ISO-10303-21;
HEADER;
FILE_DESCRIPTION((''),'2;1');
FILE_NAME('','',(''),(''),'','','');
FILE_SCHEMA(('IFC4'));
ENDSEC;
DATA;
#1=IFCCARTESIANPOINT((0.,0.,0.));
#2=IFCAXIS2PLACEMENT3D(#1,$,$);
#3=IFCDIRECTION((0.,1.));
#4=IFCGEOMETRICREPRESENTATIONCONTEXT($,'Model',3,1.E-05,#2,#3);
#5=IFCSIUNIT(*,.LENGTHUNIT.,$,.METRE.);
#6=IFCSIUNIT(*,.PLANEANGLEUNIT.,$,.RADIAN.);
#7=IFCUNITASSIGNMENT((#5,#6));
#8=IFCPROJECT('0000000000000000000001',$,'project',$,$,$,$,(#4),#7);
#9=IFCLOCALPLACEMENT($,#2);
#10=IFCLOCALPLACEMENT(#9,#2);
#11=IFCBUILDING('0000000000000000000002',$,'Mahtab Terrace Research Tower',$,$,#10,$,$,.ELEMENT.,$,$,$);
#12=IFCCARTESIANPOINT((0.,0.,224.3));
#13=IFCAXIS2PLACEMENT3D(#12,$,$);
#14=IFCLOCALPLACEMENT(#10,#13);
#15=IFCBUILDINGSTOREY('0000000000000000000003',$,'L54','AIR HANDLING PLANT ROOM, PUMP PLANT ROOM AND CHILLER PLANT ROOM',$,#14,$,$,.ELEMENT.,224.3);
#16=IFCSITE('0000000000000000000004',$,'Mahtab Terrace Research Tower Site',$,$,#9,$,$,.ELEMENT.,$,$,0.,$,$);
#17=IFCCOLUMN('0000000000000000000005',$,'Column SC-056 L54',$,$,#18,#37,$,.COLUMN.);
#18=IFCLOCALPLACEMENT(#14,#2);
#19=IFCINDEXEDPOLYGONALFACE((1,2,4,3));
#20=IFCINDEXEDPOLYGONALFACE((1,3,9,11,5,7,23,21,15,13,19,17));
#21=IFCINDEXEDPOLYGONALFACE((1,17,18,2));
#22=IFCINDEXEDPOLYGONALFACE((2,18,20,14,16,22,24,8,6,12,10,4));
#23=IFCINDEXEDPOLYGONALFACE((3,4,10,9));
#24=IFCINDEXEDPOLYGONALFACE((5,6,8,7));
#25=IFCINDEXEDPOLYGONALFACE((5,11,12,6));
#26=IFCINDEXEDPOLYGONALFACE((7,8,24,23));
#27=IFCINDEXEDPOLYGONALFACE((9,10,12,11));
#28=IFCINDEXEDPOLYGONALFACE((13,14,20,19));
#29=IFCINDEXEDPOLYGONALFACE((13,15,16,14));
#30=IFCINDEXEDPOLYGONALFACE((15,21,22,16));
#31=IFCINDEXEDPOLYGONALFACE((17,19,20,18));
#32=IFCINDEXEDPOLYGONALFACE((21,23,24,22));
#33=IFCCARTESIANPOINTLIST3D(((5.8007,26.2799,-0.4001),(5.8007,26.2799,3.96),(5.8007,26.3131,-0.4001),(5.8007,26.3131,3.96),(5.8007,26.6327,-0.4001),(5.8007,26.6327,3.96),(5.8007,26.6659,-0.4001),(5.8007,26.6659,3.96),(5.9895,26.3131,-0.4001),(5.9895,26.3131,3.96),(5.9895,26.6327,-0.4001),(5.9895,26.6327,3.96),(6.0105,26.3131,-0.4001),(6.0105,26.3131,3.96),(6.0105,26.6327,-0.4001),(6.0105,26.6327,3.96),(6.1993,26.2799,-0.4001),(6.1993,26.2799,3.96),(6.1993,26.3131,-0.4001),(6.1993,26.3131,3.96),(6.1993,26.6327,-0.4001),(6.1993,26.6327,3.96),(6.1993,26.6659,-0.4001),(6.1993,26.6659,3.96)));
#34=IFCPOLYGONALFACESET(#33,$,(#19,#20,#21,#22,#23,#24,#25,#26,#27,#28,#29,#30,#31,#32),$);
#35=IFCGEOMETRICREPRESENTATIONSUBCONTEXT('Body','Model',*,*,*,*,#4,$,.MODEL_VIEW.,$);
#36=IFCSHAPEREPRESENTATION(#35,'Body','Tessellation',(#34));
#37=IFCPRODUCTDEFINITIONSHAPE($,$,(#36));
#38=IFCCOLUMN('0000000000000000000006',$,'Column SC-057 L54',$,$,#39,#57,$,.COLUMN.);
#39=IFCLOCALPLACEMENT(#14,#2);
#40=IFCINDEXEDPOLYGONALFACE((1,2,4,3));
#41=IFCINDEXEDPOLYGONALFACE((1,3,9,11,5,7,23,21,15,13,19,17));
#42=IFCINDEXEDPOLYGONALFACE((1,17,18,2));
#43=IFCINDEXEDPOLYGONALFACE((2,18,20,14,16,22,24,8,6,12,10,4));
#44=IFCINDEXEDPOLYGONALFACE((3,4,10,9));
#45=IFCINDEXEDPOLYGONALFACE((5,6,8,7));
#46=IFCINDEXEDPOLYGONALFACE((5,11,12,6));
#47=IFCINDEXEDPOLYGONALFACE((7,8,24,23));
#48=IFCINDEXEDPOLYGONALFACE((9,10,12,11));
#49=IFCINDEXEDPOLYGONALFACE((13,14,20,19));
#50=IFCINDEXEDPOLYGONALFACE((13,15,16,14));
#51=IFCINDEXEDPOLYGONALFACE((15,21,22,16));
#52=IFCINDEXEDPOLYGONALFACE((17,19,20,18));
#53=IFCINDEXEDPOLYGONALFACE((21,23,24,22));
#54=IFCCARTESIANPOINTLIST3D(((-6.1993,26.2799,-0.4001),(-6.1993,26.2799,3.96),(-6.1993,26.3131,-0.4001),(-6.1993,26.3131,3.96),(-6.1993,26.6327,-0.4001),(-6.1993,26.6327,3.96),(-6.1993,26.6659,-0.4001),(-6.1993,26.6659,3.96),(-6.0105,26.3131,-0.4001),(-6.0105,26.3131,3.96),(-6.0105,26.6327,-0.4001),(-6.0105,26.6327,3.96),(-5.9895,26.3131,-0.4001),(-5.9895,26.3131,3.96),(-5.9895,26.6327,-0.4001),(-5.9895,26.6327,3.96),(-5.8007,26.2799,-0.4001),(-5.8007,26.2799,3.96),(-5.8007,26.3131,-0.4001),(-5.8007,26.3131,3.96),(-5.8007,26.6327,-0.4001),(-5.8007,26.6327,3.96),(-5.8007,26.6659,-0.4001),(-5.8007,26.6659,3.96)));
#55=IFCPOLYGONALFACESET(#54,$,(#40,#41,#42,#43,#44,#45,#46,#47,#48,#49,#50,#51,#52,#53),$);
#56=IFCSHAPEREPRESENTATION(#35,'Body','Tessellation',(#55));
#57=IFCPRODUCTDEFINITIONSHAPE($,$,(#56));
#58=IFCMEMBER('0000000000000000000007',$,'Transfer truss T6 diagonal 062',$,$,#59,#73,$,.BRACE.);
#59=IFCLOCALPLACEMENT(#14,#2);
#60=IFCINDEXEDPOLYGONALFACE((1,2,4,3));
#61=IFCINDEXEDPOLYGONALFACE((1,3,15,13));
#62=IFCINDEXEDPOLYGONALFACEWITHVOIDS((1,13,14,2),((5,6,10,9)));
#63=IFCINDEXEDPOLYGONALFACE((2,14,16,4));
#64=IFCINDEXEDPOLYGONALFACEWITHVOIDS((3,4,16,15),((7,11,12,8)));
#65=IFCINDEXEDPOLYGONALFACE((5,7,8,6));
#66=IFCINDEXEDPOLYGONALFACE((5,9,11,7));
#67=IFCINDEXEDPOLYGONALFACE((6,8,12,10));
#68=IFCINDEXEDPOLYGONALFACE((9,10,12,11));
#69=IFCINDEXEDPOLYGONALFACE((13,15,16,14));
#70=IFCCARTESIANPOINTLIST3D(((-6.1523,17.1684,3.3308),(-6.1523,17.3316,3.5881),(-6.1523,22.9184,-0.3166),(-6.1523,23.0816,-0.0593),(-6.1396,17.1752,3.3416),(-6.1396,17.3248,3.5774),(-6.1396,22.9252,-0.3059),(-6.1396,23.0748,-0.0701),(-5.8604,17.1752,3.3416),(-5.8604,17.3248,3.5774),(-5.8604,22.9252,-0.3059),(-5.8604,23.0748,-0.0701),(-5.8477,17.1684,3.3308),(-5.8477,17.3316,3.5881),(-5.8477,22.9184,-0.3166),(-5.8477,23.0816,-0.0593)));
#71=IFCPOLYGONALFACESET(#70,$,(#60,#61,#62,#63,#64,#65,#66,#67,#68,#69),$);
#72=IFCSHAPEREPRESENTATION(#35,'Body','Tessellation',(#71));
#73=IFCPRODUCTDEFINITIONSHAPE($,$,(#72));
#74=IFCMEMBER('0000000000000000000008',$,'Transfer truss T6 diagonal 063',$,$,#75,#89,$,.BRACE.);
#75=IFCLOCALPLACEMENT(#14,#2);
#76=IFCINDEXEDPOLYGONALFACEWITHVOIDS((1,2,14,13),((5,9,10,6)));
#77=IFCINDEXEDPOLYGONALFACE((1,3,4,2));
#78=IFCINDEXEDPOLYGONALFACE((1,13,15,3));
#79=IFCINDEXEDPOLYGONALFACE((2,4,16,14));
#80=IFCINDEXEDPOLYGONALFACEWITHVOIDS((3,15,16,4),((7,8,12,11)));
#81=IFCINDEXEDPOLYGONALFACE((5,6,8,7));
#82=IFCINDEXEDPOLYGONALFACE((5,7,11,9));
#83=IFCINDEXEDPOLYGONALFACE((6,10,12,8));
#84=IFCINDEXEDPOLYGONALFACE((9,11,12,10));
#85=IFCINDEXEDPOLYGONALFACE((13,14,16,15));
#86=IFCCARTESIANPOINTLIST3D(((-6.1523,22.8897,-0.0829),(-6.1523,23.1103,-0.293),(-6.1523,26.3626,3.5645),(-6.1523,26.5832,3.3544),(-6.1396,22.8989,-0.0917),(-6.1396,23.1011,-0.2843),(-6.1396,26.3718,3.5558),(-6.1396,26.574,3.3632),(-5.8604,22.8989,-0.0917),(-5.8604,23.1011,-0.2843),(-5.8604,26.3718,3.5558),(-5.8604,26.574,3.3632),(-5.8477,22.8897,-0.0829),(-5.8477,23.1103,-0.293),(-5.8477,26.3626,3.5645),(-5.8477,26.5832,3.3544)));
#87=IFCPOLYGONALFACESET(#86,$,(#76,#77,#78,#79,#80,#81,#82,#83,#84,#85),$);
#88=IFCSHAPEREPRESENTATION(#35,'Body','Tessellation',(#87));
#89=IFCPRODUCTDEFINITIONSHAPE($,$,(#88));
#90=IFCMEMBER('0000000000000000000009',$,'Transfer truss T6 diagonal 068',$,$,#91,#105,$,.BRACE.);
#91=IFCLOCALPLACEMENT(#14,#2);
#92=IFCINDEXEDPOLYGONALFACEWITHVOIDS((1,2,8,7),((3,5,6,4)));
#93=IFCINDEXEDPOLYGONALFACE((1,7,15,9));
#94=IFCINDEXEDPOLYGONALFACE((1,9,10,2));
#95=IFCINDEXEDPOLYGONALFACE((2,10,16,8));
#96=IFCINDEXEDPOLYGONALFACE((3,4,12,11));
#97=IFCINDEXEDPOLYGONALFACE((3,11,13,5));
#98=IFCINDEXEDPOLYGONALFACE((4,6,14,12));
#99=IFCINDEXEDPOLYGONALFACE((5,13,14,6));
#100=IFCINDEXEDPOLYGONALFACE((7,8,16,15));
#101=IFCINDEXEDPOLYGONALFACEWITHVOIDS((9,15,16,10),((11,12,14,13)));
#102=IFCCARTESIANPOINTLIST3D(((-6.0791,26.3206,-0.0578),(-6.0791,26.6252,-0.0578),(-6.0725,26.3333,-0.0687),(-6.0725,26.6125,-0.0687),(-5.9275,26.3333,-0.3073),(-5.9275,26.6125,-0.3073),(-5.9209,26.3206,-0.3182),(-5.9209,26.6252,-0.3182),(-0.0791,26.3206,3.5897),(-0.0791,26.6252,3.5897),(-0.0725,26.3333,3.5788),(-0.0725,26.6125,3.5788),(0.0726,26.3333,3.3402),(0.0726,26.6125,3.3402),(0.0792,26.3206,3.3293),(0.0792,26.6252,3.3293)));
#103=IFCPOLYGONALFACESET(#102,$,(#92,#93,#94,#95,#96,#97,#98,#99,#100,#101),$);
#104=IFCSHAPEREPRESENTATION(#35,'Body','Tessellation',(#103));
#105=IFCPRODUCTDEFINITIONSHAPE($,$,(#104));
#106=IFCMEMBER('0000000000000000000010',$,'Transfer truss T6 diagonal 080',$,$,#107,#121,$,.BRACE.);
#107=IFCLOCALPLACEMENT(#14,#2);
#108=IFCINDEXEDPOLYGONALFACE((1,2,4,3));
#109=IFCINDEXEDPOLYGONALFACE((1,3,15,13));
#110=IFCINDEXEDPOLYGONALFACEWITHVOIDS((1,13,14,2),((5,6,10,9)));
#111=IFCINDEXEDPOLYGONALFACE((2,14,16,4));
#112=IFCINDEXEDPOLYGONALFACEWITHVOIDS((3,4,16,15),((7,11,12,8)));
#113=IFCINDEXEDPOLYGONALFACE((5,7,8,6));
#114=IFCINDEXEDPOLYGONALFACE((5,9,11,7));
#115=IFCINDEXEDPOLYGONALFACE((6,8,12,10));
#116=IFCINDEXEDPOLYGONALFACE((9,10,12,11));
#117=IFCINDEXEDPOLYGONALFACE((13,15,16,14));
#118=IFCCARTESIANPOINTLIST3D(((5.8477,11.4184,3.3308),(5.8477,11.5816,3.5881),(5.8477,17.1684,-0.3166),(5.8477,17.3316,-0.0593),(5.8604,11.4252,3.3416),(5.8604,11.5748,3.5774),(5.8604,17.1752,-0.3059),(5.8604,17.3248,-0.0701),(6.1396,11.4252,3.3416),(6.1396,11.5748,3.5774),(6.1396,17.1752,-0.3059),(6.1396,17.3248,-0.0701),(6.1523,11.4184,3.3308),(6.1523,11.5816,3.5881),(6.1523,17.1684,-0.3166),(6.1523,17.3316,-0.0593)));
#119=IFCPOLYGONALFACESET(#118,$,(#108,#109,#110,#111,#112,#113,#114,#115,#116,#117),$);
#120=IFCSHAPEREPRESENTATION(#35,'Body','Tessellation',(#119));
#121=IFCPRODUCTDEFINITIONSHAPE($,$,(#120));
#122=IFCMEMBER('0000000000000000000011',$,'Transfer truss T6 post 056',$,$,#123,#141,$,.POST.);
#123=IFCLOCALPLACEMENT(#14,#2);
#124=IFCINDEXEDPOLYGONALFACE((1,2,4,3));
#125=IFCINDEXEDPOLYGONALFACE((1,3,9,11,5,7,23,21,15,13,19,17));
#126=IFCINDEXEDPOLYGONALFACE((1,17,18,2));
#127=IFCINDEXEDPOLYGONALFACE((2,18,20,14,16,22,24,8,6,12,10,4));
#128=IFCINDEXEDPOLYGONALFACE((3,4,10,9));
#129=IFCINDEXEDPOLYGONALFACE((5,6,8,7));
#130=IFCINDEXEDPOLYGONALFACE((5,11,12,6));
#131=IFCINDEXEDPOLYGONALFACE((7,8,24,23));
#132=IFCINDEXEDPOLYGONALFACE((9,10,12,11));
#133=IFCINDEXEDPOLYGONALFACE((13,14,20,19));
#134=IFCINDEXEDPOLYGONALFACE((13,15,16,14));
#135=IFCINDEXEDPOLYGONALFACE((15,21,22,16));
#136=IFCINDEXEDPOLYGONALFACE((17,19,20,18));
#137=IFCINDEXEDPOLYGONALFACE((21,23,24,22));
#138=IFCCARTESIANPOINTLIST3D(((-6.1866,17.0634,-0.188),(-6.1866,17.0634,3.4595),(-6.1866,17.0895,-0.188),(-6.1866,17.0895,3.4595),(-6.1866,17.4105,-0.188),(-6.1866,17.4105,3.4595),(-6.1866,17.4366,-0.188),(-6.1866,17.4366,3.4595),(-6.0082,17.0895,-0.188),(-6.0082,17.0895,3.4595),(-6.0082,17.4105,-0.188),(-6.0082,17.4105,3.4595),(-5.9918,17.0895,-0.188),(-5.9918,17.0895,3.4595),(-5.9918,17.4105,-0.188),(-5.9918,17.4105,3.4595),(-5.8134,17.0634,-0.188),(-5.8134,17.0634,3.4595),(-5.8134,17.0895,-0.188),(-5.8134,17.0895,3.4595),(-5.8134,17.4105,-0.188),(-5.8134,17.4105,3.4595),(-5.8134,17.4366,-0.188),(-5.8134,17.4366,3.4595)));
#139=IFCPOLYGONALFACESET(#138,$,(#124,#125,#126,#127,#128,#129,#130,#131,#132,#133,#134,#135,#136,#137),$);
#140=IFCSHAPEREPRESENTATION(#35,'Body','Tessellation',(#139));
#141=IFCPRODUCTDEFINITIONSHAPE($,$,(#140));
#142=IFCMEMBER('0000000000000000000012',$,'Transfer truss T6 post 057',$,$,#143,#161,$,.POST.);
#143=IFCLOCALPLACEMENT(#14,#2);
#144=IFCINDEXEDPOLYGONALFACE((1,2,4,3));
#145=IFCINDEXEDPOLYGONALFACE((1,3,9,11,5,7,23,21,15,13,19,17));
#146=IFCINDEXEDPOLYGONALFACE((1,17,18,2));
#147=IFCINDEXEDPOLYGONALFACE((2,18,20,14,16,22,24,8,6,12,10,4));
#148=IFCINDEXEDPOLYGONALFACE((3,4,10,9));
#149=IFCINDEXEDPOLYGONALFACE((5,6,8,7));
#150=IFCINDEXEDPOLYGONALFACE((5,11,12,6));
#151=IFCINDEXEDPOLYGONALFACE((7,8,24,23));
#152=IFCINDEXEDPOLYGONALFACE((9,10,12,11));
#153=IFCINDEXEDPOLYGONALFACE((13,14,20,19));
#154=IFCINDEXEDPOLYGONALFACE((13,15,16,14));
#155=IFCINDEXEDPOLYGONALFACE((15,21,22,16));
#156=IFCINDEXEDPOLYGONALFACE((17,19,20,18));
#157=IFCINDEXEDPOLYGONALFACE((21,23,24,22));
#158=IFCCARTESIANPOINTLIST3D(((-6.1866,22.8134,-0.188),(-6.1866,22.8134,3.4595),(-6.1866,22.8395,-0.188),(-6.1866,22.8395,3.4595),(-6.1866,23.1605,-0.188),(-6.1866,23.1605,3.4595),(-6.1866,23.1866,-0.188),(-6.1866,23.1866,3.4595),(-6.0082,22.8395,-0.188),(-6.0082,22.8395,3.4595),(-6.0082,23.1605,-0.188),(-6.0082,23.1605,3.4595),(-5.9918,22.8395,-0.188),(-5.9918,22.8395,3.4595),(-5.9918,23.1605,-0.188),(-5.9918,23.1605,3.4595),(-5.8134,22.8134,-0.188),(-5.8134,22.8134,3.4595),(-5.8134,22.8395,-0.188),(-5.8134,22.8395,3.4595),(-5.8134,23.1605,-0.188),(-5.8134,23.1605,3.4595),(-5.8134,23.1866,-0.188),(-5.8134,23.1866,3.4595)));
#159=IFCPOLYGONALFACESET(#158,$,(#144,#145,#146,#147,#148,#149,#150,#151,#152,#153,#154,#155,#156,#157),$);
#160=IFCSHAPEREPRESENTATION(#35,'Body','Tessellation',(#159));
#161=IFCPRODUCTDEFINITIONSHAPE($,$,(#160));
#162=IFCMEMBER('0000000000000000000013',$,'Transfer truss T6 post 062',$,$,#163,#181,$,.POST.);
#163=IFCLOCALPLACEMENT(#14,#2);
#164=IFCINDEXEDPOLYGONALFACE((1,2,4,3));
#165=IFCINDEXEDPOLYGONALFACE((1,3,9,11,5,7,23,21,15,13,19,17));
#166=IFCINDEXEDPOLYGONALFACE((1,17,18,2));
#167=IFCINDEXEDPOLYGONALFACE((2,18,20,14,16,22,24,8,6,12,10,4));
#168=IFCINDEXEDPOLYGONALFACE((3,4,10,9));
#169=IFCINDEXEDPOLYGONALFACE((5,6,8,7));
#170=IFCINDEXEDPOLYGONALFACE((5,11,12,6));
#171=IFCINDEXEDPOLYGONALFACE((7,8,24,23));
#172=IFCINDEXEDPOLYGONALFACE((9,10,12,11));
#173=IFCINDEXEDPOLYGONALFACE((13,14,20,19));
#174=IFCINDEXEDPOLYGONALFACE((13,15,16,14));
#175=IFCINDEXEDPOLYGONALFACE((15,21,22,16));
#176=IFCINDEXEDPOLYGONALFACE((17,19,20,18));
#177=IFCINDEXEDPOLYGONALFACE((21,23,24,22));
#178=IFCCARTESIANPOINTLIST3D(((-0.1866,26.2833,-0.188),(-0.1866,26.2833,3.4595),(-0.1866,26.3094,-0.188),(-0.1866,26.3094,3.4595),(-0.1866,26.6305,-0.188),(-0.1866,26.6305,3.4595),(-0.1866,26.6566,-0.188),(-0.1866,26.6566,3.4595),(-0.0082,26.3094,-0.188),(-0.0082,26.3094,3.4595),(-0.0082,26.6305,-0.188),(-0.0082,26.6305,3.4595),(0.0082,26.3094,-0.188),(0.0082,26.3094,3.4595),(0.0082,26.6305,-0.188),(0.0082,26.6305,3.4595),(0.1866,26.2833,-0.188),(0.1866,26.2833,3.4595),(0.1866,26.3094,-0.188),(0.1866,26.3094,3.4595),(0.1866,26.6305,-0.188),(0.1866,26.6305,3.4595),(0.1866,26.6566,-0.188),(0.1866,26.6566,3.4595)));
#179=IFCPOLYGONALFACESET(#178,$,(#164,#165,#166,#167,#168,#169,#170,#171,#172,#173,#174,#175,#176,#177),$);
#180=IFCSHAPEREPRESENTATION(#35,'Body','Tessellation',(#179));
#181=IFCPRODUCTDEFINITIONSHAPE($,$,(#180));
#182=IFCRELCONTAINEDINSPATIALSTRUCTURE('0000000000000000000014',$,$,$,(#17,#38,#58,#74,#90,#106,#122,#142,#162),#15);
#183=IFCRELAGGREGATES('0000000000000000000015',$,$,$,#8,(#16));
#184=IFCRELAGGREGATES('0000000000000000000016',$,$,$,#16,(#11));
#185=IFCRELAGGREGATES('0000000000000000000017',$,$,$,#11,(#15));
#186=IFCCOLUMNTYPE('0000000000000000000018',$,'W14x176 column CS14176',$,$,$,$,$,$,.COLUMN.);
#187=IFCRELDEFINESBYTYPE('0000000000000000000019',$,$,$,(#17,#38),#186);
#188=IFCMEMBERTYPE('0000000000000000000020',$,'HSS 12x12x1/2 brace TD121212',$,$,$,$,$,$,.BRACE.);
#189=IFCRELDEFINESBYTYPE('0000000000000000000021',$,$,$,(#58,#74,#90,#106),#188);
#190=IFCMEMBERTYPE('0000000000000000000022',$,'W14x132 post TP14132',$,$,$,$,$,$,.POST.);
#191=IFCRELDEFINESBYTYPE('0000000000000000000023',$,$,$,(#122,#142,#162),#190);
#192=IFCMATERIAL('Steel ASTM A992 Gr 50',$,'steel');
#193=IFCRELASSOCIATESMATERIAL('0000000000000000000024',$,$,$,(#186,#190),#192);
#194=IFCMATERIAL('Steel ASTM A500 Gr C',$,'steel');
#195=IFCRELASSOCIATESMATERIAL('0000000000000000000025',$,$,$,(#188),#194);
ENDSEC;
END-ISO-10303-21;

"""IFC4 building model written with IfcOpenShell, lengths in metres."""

from ifc_helpers import new_model, si_unit, direction, frame, origin, origin_2d, place, context, subcontext, project, spatial, hollow_rectangle, i_section, extrude, material, material_profile, profile_set, type_object, element, save


model = new_model("IFC4")

# Units and contexts
model_context = context("Model", 3, precision=1e-05, world=origin(), true_north=direction((0.0, 1.0)))
body_context = subcontext(model_context, "Body", "Model", "MODEL_VIEW")
ifc_project = project(units=[si_unit("LENGTHUNIT", "METRE"), si_unit("PLANEANGLEUNIT", "RADIAN")], contexts=[model_context])

# Site, building, storey
site_placement = place(None, origin())
site = spatial("IfcSite", under=ifc_project, at=site_placement, Name="Mahtab Terrace Research Tower Site", CompositionType="ELEMENT", RefElevation=0.0)
building_placement = place(site_placement, origin())
building = spatial("IfcBuilding", under=site, at=building_placement, Name="Mahtab Terrace Research Tower", CompositionType="ELEMENT")
storey_placement = place(building_placement, frame((0.0, 0.0, 224.3)))
storey = spatial("IfcBuildingStorey", under=building, at=storey_placement, Name="L54", Description="AIR HANDLING PLANT ROOM, PUMP PLANT ROOM AND CHILLER PLANT ROOM", CompositionType="ELEMENT", Elevation=224.3)

# Columns
ifc_material_1 = material(Name="Steel ASTM A992 Gr 50", Category="steel")
ifc_material_profile_1 = material_profile(ifc_material_1, i_section(OverallWidth=0.3987, OverallDepth=0.386, WebThickness=0.021, FlangeThickness=0.0332, at=origin_2d()), Name="W14X176")
ifc_profile_set_1 = profile_set([ifc_material_profile_1], Name="Steel ASTM A992 Gr 50")
column_type = type_object("IfcColumnType", Name="W14x176 column CS14176", PredefinedType="COLUMN", material=ifc_profile_set_1)
for number, where, z_axis, x_axis, name in (
    (1, (6.0, 26.4729, -0.4001), (0.0, 0.0, 1.0), (1.0, 0.0, 0.0), "Column SC-056 L54"),
    (2, (-6.0, 26.4729, -0.4001), (0.0, 0.0, 1.0), (1.0, 0.0, 0.0), "Column SC-057 L54"),
):
    element("IfcColumn", number, at=place(storey_placement, frame(where, z_axis=z_axis, x_axis=x_axis)), inside=storey, type_object=column_type, Name=name, PredefinedType="COLUMN", context=body_context, shape_type="SweptSolid", body=[
        extrude(i_section(OverallWidth=0.3987, OverallDepth=0.386, WebThickness=0.021, FlangeThickness=0.0332, at=origin_2d()), origin(), (0.0, 0.0, 1.0), 4.3601),
    ])

# Members
ifc_material_2 = material(Name="Steel ASTM A500 Gr C", Category="steel")
ifc_material_profile_2 = material_profile(ifc_material_2, hollow_rectangle(XDim=0.3047, YDim=0.3047, WallThickness=0.0127, at=origin_2d()), Name="HSS12X12X1/2")
ifc_profile_set_2 = profile_set([ifc_material_profile_2], Name="Steel ASTM A500 Gr C")
member_type_1 = type_object("IfcMemberType", Name="HSS 12x12x1/2 brace TD121212", PredefinedType="BRACE", material=ifc_profile_set_2)
member_1_placement = place(storey_placement, frame((-6.0, 23.0, -0.188), z_axis=(0.0, -0.844434, 0.535659), x_axis=(1.0, 0.0, 0.0)))
element("IfcMember", 3, at=member_1_placement, inside=storey, type_object=member_type_1, Name="Transfer truss T6 diagonal 062", PredefinedType="BRACE", context=body_context, shape_type="SweptSolid", body=[
    extrude(hollow_rectangle(XDim=0.3047, YDim=0.3047, WallThickness=0.0127, at=origin_2d()), origin(), (0.0, 0.0, 1.0), 6.8093),
])
member_2_placement = place(storey_placement, frame((-6.0, 23.0, -0.188), z_axis=(0.0, 0.689564, 0.724224), x_axis=(-1.0, 0.0, 0.0)))
element("IfcMember", 4, at=member_2_placement, inside=storey, type_object=member_type_1, Name="Transfer truss T6 diagonal 063", PredefinedType="BRACE", context=body_context, shape_type="SweptSolid", body=[
    extrude(hollow_rectangle(XDim=0.3047, YDim=0.3047, WallThickness=0.0127, at=origin_2d()), origin(), (0.0, 0.0, 1.0), 5.0364),
])
member_3_placement = place(storey_placement, frame((-6.0, 26.4729, -0.188), z_axis=(0.854497, 0.0, 0.519457), x_axis=(0.0, 1.0, 0.0)))
element("IfcMember", 5, at=member_3_placement, inside=storey, type_object=member_type_1, Name="Transfer truss T6 diagonal 068", PredefinedType="BRACE", context=body_context, shape_type="SweptSolid", body=[
    extrude(hollow_rectangle(XDim=0.3047, YDim=0.3047, WallThickness=0.0127, at=origin_2d()), origin(), (0.0, 0.0, 1.0), 7.0217),
])
member_4_placement = place(storey_placement, frame((6.0, 17.25, -0.188), z_axis=(0.0, -0.844434, 0.535659), x_axis=(1.0, 0.0, 0.0)))
element("IfcMember", 6, at=member_4_placement, inside=storey, type_object=member_type_1, Name="Transfer truss T6 diagonal 080", PredefinedType="BRACE", context=body_context, shape_type="SweptSolid", body=[
    extrude(hollow_rectangle(XDim=0.3047, YDim=0.3047, WallThickness=0.0127, at=origin_2d()), origin(), (0.0, 0.0, 1.0), 6.8093),
])
ifc_material_profile_3 = material_profile(ifc_material_1, i_section(OverallWidth=0.3733, OverallDepth=0.3733, WebThickness=0.0164, FlangeThickness=0.0261, at=origin_2d()), Name="W14X132")
ifc_profile_set_3 = profile_set([ifc_material_profile_3], Name="Steel ASTM A992 Gr 50")
member_type_2 = type_object("IfcMemberType", Name="W14x132 post TP14132", PredefinedType="POST", material=ifc_profile_set_3)
for number, where, z_axis, x_axis, name in (
    (7, (-6.0, 17.25, -0.188), (0.0, 0.0, 1.0), (1.0, 0.0, 0.0), "Transfer truss T6 post 056"),
    (8, (-6.0, 23.0, -0.188), (0.0, 0.0, 1.0), (1.0, 0.0, 0.0), "Transfer truss T6 post 057"),
    (9, (0.0, 26.47, -0.188), (0.0, 0.0, 1.0), (1.0, 0.0, 0.0), "Transfer truss T6 post 062"),
):
    element("IfcMember", number, at=place(storey_placement, frame(where, z_axis=z_axis, x_axis=x_axis)), inside=storey, type_object=member_type_2, Name=name, PredefinedType="POST", context=body_context, shape_type="SweptSolid", body=[
        extrude(i_section(OverallWidth=0.3733, OverallDepth=0.3733, WebThickness=0.0164, FlangeThickness=0.0261, at=origin_2d()), origin(), (0.0, 0.0, 1.0), 3.6475),
    ])

save(model, "model.ifc")
